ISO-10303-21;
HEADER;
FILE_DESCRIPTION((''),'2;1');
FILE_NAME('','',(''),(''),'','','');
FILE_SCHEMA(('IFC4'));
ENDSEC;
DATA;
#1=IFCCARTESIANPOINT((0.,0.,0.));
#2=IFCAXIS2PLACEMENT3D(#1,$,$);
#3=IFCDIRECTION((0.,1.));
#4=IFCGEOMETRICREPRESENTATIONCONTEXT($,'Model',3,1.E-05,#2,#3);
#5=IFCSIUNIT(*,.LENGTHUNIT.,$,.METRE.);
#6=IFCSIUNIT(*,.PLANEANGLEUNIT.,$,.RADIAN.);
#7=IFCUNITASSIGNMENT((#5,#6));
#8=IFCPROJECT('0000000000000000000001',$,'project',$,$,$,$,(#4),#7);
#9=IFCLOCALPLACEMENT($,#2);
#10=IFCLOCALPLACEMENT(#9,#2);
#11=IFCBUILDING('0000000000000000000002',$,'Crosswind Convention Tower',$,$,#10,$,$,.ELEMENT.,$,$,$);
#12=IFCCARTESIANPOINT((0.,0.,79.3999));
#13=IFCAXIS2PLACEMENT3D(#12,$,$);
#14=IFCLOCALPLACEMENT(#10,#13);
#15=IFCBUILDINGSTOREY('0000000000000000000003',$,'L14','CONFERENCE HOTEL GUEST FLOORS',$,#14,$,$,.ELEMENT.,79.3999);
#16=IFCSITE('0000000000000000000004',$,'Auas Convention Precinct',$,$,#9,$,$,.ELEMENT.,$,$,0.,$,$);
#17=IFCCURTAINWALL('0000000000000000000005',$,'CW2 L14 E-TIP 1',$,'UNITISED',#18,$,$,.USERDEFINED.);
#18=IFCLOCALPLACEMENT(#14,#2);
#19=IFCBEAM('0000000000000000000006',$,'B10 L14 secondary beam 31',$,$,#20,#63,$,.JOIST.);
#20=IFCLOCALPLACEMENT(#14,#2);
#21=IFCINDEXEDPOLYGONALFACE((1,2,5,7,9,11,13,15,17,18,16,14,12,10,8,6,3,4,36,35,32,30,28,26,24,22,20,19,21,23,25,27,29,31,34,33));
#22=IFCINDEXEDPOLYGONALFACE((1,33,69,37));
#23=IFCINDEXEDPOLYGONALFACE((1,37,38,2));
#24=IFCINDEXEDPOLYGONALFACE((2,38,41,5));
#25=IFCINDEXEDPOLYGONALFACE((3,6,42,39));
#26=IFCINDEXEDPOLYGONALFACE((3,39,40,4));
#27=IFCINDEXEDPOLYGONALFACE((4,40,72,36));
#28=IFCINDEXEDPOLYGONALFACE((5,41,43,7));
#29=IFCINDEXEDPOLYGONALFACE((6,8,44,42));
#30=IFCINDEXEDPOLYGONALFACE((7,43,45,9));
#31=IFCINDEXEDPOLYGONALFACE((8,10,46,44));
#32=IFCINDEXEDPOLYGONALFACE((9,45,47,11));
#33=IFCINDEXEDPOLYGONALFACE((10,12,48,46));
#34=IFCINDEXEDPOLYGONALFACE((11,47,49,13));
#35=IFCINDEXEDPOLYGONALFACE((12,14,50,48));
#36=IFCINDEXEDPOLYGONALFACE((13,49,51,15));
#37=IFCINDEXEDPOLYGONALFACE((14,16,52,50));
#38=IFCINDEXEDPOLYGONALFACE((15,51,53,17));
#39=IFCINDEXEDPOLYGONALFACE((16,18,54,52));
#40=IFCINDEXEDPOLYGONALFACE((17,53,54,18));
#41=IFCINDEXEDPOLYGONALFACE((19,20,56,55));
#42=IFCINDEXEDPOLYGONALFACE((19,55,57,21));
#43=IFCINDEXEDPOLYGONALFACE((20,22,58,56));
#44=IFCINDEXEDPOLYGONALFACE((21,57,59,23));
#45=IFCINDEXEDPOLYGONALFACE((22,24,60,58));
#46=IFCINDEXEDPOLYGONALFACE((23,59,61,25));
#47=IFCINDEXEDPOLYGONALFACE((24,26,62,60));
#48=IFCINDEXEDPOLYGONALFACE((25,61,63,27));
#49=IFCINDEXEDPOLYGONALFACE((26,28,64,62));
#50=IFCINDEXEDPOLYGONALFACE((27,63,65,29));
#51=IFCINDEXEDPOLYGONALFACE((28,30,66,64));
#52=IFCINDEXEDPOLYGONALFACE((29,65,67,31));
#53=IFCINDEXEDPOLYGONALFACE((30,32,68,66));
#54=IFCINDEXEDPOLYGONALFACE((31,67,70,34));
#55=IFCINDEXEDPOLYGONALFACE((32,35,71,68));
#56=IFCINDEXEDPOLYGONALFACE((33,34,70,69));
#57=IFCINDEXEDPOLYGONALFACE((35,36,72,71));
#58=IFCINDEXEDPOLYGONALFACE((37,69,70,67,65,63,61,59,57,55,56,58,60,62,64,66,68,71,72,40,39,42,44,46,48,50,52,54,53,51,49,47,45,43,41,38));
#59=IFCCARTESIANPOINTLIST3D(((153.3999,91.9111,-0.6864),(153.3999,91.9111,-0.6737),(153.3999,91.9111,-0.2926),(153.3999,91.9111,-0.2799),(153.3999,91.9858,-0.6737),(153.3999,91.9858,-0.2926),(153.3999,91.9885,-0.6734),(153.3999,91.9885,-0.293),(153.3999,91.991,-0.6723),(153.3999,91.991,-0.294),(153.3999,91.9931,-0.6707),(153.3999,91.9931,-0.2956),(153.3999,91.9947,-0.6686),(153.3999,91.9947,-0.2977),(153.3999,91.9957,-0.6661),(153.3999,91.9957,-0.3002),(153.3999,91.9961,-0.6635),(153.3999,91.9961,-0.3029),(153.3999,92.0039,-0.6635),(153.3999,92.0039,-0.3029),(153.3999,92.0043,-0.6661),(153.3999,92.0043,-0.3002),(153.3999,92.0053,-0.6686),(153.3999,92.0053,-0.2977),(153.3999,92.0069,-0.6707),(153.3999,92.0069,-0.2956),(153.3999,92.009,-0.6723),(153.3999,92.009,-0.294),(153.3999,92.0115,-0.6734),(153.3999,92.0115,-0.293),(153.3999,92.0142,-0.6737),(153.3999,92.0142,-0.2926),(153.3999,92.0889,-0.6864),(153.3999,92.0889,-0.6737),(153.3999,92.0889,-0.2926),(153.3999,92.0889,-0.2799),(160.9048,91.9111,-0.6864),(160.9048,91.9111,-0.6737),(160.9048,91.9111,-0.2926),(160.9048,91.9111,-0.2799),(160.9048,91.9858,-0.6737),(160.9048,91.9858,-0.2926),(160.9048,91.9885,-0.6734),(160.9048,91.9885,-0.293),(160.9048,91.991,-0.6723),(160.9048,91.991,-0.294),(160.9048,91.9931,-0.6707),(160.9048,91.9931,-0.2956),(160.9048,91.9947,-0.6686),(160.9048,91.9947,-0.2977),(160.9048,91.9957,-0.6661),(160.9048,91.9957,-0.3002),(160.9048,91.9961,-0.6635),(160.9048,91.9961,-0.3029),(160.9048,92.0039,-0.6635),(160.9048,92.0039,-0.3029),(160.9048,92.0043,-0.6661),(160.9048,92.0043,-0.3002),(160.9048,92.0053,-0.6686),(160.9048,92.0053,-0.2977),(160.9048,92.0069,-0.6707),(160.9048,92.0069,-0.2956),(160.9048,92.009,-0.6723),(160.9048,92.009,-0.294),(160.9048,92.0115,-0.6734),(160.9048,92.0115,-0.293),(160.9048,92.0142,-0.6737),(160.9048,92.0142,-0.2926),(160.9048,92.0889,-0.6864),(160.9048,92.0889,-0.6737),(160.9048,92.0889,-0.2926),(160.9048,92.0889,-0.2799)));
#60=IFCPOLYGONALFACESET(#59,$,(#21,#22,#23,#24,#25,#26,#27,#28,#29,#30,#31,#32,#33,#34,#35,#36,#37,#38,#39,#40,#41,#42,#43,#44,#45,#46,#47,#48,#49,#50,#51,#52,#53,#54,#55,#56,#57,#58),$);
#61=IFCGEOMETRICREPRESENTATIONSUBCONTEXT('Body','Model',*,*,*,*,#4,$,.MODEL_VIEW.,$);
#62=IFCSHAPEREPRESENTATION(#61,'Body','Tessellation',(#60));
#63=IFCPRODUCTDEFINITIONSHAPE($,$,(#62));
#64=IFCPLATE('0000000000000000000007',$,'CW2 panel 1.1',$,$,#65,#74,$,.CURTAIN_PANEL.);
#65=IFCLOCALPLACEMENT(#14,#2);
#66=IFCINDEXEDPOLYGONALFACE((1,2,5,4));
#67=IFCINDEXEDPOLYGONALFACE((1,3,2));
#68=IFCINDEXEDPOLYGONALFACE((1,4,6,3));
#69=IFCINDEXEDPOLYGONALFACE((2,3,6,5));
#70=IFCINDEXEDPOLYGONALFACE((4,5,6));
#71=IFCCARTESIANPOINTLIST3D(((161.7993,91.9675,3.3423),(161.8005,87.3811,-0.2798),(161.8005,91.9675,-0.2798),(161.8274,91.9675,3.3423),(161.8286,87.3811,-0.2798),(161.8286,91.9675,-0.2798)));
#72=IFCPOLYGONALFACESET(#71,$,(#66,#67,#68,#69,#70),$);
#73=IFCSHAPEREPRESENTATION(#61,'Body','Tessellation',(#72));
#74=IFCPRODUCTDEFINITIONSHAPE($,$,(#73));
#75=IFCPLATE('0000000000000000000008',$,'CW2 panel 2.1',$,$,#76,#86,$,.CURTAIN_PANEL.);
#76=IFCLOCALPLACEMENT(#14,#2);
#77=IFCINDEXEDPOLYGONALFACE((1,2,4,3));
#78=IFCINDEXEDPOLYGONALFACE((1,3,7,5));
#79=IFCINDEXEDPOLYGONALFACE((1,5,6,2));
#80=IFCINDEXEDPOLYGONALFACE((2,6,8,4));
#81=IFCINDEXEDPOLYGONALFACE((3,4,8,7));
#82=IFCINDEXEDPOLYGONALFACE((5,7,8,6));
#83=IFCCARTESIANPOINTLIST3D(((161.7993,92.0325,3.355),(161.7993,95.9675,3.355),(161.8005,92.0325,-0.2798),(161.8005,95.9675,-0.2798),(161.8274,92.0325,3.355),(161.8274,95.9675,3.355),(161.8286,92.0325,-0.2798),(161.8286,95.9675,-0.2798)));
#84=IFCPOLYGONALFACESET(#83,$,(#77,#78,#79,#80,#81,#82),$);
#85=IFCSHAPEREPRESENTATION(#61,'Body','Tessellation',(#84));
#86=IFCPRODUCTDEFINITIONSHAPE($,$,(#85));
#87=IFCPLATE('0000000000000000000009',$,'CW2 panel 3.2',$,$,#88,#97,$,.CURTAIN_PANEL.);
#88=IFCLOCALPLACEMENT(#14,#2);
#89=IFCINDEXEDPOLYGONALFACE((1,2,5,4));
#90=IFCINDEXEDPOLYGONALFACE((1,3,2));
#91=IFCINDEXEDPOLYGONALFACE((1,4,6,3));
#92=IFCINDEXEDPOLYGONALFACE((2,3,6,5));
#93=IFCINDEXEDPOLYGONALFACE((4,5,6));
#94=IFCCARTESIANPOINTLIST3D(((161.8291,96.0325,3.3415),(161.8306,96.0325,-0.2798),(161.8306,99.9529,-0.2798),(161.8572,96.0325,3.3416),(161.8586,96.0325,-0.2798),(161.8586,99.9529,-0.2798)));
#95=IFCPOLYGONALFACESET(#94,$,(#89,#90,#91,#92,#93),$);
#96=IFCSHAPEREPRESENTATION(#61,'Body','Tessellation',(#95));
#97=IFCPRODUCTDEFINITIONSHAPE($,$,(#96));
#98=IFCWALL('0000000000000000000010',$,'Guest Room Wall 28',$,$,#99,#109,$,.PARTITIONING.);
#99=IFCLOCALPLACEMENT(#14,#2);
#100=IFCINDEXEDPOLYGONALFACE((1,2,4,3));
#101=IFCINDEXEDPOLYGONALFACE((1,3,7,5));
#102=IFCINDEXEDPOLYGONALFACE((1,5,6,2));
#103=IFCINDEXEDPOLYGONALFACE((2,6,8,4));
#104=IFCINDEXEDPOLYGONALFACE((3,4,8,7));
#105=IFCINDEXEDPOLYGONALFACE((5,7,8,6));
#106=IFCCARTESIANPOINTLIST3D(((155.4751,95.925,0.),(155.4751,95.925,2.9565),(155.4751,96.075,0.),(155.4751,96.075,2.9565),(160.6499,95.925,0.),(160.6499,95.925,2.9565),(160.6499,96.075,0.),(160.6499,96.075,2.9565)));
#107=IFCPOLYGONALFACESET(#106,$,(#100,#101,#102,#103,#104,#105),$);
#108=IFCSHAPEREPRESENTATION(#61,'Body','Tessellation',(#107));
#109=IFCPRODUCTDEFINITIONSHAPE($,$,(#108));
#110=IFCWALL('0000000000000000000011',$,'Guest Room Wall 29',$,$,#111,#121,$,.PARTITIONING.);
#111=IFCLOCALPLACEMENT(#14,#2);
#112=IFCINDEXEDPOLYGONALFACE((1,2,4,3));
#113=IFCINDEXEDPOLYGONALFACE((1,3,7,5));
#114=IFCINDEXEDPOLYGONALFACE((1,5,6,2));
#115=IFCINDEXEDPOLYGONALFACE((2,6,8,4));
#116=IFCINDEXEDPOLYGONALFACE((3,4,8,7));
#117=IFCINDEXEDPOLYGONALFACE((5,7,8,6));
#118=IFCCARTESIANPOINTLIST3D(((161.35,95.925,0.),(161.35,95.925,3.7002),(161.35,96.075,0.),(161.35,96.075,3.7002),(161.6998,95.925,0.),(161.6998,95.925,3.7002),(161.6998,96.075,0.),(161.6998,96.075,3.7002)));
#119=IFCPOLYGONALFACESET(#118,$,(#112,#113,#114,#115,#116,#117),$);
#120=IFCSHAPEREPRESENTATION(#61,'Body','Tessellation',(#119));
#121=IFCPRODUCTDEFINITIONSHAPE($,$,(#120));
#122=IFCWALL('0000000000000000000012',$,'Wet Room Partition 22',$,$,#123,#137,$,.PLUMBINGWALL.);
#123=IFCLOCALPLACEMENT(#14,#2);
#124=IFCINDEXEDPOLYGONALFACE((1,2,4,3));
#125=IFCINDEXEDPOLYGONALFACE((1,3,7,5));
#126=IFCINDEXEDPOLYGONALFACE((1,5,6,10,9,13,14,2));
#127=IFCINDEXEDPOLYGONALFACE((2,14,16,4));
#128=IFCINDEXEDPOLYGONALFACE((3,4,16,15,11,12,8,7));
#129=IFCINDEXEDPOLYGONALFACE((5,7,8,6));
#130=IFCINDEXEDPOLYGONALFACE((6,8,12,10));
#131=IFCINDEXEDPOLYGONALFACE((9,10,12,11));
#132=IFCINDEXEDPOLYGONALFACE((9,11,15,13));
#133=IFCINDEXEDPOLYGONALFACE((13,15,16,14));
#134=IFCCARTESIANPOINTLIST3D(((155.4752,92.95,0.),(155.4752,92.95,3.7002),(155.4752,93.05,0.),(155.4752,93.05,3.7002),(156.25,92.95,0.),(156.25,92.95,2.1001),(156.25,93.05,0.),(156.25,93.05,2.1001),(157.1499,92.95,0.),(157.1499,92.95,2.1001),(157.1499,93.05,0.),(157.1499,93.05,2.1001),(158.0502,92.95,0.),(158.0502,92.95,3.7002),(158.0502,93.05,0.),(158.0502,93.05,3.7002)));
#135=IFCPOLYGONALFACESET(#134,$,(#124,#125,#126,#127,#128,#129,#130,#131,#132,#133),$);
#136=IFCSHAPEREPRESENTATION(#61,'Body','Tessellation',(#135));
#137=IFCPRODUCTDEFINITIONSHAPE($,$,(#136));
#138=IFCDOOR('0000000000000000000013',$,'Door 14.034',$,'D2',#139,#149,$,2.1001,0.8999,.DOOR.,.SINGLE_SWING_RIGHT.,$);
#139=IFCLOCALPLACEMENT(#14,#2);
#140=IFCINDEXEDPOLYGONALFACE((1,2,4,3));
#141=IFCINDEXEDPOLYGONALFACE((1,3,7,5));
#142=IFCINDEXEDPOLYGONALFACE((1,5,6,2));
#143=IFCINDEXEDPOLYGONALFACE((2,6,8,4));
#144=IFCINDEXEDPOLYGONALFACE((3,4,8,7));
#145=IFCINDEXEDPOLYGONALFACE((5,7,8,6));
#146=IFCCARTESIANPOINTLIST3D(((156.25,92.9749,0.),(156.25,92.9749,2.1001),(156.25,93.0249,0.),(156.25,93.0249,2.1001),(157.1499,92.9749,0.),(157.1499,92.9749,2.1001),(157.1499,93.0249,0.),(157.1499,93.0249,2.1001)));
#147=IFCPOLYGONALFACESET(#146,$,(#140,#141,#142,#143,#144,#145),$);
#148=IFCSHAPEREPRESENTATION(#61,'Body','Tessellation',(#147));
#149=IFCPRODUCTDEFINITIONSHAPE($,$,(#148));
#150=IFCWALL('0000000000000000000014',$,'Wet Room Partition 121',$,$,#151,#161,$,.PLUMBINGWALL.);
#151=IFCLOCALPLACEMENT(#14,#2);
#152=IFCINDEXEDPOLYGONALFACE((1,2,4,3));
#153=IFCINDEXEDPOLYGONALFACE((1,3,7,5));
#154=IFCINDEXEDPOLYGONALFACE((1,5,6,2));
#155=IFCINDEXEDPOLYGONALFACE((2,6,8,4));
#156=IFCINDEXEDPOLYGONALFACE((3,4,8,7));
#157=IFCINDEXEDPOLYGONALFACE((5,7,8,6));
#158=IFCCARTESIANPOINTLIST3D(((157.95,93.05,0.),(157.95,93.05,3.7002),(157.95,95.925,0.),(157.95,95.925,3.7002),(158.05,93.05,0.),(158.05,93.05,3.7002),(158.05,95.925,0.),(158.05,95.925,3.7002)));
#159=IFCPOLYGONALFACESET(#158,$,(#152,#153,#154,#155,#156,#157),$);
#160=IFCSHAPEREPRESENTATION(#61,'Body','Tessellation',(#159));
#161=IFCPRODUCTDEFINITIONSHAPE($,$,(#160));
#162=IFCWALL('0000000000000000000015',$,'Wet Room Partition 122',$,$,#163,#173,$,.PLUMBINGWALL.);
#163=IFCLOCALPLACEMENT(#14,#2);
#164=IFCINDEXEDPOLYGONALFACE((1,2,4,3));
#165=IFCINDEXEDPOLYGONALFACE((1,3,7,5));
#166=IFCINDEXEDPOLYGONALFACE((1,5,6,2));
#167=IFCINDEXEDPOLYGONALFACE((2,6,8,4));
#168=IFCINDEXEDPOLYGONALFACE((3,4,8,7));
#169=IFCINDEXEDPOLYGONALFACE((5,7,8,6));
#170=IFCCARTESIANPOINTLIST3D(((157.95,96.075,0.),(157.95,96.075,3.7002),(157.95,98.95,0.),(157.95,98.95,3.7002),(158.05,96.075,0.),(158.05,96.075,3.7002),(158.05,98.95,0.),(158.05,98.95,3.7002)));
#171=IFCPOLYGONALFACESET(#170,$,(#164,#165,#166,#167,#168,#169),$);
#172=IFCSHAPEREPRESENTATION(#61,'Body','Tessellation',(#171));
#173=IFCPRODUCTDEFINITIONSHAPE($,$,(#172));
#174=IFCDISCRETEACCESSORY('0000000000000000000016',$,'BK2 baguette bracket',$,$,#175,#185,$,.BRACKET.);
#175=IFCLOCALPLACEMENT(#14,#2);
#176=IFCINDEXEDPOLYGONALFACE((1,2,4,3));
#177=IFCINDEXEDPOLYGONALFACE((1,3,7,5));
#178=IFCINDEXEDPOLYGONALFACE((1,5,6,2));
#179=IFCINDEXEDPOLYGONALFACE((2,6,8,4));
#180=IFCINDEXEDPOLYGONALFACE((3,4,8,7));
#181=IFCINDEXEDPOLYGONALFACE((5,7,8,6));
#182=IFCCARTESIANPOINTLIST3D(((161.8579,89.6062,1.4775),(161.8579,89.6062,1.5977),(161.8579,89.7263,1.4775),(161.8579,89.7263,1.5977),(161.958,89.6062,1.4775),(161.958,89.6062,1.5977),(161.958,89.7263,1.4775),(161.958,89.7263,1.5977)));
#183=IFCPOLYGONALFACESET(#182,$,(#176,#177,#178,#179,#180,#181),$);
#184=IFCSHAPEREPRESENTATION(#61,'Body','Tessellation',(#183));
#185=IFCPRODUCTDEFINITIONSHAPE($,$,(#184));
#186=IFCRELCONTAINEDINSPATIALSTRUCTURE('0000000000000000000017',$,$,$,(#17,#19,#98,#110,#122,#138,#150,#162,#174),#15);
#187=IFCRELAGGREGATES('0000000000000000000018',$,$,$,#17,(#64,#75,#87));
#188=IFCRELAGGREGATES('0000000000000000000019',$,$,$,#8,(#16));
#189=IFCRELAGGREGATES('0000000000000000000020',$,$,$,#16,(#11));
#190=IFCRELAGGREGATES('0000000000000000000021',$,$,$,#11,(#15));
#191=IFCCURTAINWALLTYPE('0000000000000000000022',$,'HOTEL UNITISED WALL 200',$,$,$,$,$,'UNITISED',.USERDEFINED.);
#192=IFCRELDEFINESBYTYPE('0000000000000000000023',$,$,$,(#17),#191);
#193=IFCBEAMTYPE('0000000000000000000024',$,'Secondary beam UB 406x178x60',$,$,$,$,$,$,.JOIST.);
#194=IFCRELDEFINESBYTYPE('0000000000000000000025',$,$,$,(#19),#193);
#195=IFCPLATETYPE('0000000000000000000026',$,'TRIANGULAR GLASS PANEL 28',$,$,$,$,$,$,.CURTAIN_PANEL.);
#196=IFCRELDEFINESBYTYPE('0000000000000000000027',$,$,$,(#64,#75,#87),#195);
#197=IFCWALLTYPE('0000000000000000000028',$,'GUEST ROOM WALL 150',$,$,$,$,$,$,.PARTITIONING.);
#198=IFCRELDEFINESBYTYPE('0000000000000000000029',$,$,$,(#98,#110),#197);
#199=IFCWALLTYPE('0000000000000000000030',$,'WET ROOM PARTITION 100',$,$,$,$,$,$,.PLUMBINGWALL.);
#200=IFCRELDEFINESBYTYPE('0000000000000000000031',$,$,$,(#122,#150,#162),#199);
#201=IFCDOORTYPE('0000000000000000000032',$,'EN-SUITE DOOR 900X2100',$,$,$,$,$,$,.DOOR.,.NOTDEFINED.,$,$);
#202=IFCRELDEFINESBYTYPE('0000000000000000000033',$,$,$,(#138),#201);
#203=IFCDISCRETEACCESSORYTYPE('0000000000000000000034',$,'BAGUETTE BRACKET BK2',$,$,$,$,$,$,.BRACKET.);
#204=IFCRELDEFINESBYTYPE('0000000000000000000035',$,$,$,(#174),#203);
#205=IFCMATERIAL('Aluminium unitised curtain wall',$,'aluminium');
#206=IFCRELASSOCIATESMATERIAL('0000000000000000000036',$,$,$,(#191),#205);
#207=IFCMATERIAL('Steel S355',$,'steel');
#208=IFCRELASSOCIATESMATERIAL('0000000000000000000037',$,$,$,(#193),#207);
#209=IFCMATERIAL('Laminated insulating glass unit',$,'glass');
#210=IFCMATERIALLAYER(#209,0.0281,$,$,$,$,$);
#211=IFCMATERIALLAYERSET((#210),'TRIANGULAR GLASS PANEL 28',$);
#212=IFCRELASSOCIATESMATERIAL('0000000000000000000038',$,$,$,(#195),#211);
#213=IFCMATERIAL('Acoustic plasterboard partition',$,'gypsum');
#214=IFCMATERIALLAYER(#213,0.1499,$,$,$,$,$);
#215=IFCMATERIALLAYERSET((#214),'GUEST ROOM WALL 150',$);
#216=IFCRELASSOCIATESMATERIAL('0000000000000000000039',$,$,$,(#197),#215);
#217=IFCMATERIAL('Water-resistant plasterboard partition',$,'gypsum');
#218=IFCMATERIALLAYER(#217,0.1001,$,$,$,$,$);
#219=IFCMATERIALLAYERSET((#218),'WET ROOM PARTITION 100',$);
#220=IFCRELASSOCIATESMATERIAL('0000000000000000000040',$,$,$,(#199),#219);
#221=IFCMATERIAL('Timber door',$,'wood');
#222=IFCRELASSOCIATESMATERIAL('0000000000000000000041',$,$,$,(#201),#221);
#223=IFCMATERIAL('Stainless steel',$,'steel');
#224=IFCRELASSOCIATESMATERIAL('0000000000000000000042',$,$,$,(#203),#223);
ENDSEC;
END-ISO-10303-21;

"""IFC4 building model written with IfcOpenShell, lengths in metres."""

from ifc_helpers import new_model, si_unit, direction, frame, frame_2d, origin, origin_2d, place, context, subcontext, project, spatial, polyline, rectangle, i_section, outline, extrude, material, layer, layer_set, material_profile, profile_set, type_object, element, fill, aggregate, save


model = new_model("IFC4")

# Units and contexts
model_context = context("Model", 3, precision=1e-05, world=origin(), true_north=direction((0.0, 1.0)))
body_context = subcontext(model_context, "Body", "Model", "MODEL_VIEW")
ifc_project = project(units=[si_unit("LENGTHUNIT", "METRE"), si_unit("PLANEANGLEUNIT", "RADIAN")], contexts=[model_context])

# Site, building, storey
site_placement = place(None, origin())
site = spatial("IfcSite", under=ifc_project, at=site_placement, Name="Auas Convention Precinct", CompositionType="ELEMENT", RefElevation=0.0)
building_placement = place(site_placement, origin())
building = spatial("IfcBuilding", under=site, at=building_placement, Name="Crosswind Convention Tower", CompositionType="ELEMENT")
storey_placement = place(building_placement, frame((0.0, 0.0, 79.3999)))
storey = spatial("IfcBuildingStorey", under=building, at=storey_placement, Name="L14", Description="CONFERENCE HOTEL GUEST FLOORS", CompositionType="ELEMENT", Elevation=79.3999)

# Shared definitions
ifc_material_1 = material(Name="Steel S355", Category="steel")

# Curtain wall
ifc_material_2 = material(Name="Aluminium unitised curtain wall", Category="aluminium")
curtain_wall_type = type_object("IfcCurtainWallType", Name="HOTEL UNITISED WALL 200", ElementType="UNITISED", PredefinedType="USERDEFINED", material=ifc_material_2)
curtain_wall_placement = place(storey_placement, origin())
curtain_wall = element("IfcCurtainWall", 1, at=curtain_wall_placement, inside=storey, type_object=curtain_wall_type, Name="CW2 L14 E-TIP 1", ObjectType="UNITISED", PredefinedType="USERDEFINED")

# Beam
ifc_material_profile_1 = material_profile(ifc_material_1, i_section(OverallWidth=0.1777, OverallDepth=0.4065, WebThickness=0.0078, FlangeThickness=0.0127, FilletRadius=0.0103, at=origin_2d()), Name="UB 406x178x60")
ifc_profile_set_1 = profile_set([ifc_material_profile_1], Name="Steel S355")
beam_type_1 = type_object("IfcBeamType", Name="Secondary beam UB 406x178x60", PredefinedType="JOIST", material=ifc_profile_set_1)
beam_1_placement = place(storey_placement, frame((153.3999, 92.0, -0.4832), z_axis=(1.0, 0.0, 0.0), x_axis=(0.0, 1.0, 0.0)))
element("IfcBeam", 2, at=beam_1_placement, inside=storey, type_object=beam_type_1, Name="B10 L14 secondary beam 31", PredefinedType="JOIST", context=body_context, shape_type="SweptSolid", body=[
    extrude(i_section(OverallWidth=0.1777, OverallDepth=0.4065, WebThickness=0.0078, FlangeThickness=0.0127, FilletRadius=0.0103, at=origin_2d()), origin(), (0.0, 0.0, 1.0), 7.5049),
])

# Plates
ifc_material_3 = material(Name="Laminated insulating glass unit", Category="glass")
ifc_layer_1 = layer(ifc_material_3, 0.0281)
ifc_layer_set_1 = layer_set([ifc_layer_1], Name="TRIANGULAR GLASS PANEL 28")
plate_type = type_object("IfcPlateType", Name="TRIANGULAR GLASS PANEL 28", PredefinedType="CURTAIN_PANEL", material=ifc_layer_set_1)
plate_1_placement = place(storey_placement, frame((161.8286, 91.9675, -0.2798), z_axis=(1.0, 0.0, 0.000337), x_axis=(-0.000337, 0.0, 1.0)))
plate_1 = element("IfcPlate", 3, at=plate_1_placement, type_object=plate_type, Name="CW2 panel 1.1", PredefinedType="CURTAIN_PANEL", context=body_context, shape_type="SweptSolid", body=[
    extrude(outline(polyline([(0.0, 0.0), (3.6221, 0.0), (0.0, 4.5864), (0.0, 0.0)])), origin(), (0.0, 0.0, -1.0), 0.0281),
])
plate_2_placement = place(storey_placement, frame((161.8286, 92.0325, -0.2798), z_axis=(1.0, 0.0, 0.000336), x_axis=(0.0, 1.0, 0.0)))
plate_2 = element("IfcPlate", 4, at=plate_2_placement, type_object=plate_type, Name="CW2 panel 2.1", PredefinedType="CURTAIN_PANEL", context=body_context, shape_type="SweptSolid", body=[
    extrude(outline(polyline([(0.0, 0.0), (3.9351, 0.0), (3.9351, 3.6348), (0.0, 3.6348), (0.0, 0.0)])), origin(), (0.0, 0.0, -1.0), 0.0281),
])
plate_3_placement = place(storey_placement, frame((161.8586, 96.0325, -0.2798), z_axis=(1.0, 0.0, 0.000405), x_axis=(0.0, 1.0, 0.0)))
plate_3 = element("IfcPlate", 5, at=plate_3_placement, type_object=plate_type, Name="CW2 panel 3.2", PredefinedType="CURTAIN_PANEL", context=body_context, shape_type="SweptSolid", body=[
    extrude(outline(polyline([(0.0, 0.0), (3.9204, 0.0), (0.0, 3.6213), (0.0, 0.0)])), origin(), (0.0, 0.0, -1.0), 0.0281),
])
aggregate(curtain_wall, [plate_1, plate_2, plate_3])

# Walls
ifc_material_4 = material(Name="Acoustic plasterboard partition", Category="gypsum")
ifc_layer_2 = layer(ifc_material_4, 0.1499)
ifc_layer_set_2 = layer_set([ifc_layer_2], Name="GUEST ROOM WALL 150")
wall_type_1 = type_object("IfcWallType", Name="GUEST ROOM WALL 150", PredefinedType="PARTITIONING", material=ifc_layer_set_2)
wall_1_placement = place(storey_placement, frame((155.4751, 96.0, 0.0), z_axis=(0.0, 0.0, 1.0), x_axis=(1.0, 0.0, 0.0)))
element("IfcWall", 6, at=wall_1_placement, inside=storey, type_object=wall_type_1, Name="Guest Room Wall 28", PredefinedType="PARTITIONING", context=body_context, shape_type="SweptSolid", body=[
    extrude(rectangle(XDim=5.1748, YDim=0.1499, at=frame_2d((2.5874, 0.0))), origin(), (0.0, 0.0, 1.0), 2.9565),
])
wall_2_placement = place(storey_placement, frame((161.3501, 96.0, 0.0), z_axis=(0.0, 0.0, 1.0), x_axis=(1.0, 0.0, 0.0)))
element("IfcWall", 7, at=wall_2_placement, inside=storey, type_object=wall_type_1, Name="Guest Room Wall 29", PredefinedType="PARTITIONING", context=body_context, shape_type="SweptSolid", body=[
    extrude(rectangle(XDim=0.3499, YDim=0.1499, at=frame_2d((0.1748, 0.0))), origin(), (0.0, 0.0, 1.0), 3.7002),
])

# Wall, opening, door
ifc_material_5 = material(Name="Water-resistant plasterboard partition", Category="gypsum")
ifc_layer_3 = layer(ifc_material_5, 0.1001)
ifc_layer_set_3 = layer_set([ifc_layer_3], Name="WET ROOM PARTITION 100")
wall_type_2 = type_object("IfcWallType", Name="WET ROOM PARTITION 100", PredefinedType="PLUMBINGWALL", material=ifc_layer_set_3)
wall_3_placement = place(storey_placement, frame((155.4751, 93.0, 0.0), z_axis=(0.0, 0.0, 1.0), x_axis=(1.0, 0.0, 0.0)))
wall_3 = element("IfcWall", 8, at=wall_3_placement, inside=storey, type_object=wall_type_2, Name="Wet Room Partition 22", PredefinedType="PLUMBINGWALL", context=body_context, shape_type="SweptSolid", body=[
    extrude(rectangle(XDim=2.575, YDim=0.1001, at=frame_2d((1.2876, 0.0))), origin(), (0.0, 0.0, 1.0), 3.7002),
])
opening_1_placement = place(wall_3_placement, frame((0.7749, 0.0, 0.0)))
opening_1 = element("IfcOpeningElement", 9, at=opening_1_placement, cuts=wall_3, PredefinedType="OPENING", context=body_context, shape_type="SweptSolid", body=[
    extrude(rectangle(XDim=0.8999, YDim=2.1001, at=frame_2d((0.45, 1.05))), frame((0.0, 0.0601, 0.0), z_axis=(0.0, -1.0, 0.0), x_axis=(1.0, 0.0, 0.0)), (0.0, 0.0, 1.0), 0.1201),
])
ifc_material_6 = material(Name="Timber door", Category="wood")
door_type_1 = type_object("IfcDoorType", Name="EN-SUITE DOOR 900X2100", OperationType="NOTDEFINED", PredefinedType="DOOR", material=ifc_material_6)
door_1_placement = place(opening_1_placement, origin())
door_1 = element("IfcDoor", 10, at=door_1_placement, inside=storey, type_object=door_type_1, Name="Door 14.034", ObjectType="D2", OperationType="SINGLE_SWING_RIGHT", OverallHeight=2.1001, OverallWidth=0.8999, PredefinedType="DOOR", context=body_context, shape_type="SweptSolid", body=[
    extrude(rectangle(XDim=0.8999, YDim=2.1001, at=frame_2d((0.45, 1.05))), frame((0.0, 0.0249, 0.0), z_axis=(0.0, -1.0, 0.0), x_axis=(1.0, 0.0, 0.0)), (0.0, 0.0, 1.0), 0.05),
])
fill(opening_1, door_1)

# Walls
for number, where, z_axis, x_axis, name in (
    (11, (158.0, 93.05, 0.0), (0.0, 0.0, 1.0), (0.0, 1.0, 0.0), "Wet Room Partition 121"),
    (12, (158.0, 96.075, 0.0), (0.0, 0.0, 1.0), (0.0, 1.0, 0.0), "Wet Room Partition 122"),
):
    element("IfcWall", number, at=place(storey_placement, frame(where, z_axis=z_axis, x_axis=x_axis)), inside=storey, type_object=wall_type_2, Name=name, PredefinedType="PLUMBINGWALL", context=body_context, shape_type="SweptSolid", body=[
        extrude(rectangle(XDim=2.875, YDim=0.1001, at=frame_2d((1.4375, 0.0))), origin(), (0.0, 0.0, 1.0), 3.7002),
    ])

# Discrete accessory
ifc_material_7 = material(Name="Stainless steel", Category="steel")
discrete_accessory_type = type_object("IfcDiscreteAccessoryType", Name="BAGUETTE BRACKET BK2", PredefinedType="BRACKET", material=ifc_material_7)
discrete_accessory_placement = place(storey_placement, frame((161.908, 89.6663, 1.4775), z_axis=(0.0, 0.0, 1.0), x_axis=(0.0, 1.0, 0.0)))
element("IfcDiscreteAccessory", 13, at=discrete_accessory_placement, inside=storey, type_object=discrete_accessory_type, Name="BK2 baguette bracket", PredefinedType="BRACKET", context=body_context, shape_type="SweptSolid", body=[
    extrude(rectangle(XDim=0.1201, YDim=0.1001, at=origin_2d()), origin(), (0.0, 0.0, 1.0), 0.1201),
])

save(model, "model.ifc")
